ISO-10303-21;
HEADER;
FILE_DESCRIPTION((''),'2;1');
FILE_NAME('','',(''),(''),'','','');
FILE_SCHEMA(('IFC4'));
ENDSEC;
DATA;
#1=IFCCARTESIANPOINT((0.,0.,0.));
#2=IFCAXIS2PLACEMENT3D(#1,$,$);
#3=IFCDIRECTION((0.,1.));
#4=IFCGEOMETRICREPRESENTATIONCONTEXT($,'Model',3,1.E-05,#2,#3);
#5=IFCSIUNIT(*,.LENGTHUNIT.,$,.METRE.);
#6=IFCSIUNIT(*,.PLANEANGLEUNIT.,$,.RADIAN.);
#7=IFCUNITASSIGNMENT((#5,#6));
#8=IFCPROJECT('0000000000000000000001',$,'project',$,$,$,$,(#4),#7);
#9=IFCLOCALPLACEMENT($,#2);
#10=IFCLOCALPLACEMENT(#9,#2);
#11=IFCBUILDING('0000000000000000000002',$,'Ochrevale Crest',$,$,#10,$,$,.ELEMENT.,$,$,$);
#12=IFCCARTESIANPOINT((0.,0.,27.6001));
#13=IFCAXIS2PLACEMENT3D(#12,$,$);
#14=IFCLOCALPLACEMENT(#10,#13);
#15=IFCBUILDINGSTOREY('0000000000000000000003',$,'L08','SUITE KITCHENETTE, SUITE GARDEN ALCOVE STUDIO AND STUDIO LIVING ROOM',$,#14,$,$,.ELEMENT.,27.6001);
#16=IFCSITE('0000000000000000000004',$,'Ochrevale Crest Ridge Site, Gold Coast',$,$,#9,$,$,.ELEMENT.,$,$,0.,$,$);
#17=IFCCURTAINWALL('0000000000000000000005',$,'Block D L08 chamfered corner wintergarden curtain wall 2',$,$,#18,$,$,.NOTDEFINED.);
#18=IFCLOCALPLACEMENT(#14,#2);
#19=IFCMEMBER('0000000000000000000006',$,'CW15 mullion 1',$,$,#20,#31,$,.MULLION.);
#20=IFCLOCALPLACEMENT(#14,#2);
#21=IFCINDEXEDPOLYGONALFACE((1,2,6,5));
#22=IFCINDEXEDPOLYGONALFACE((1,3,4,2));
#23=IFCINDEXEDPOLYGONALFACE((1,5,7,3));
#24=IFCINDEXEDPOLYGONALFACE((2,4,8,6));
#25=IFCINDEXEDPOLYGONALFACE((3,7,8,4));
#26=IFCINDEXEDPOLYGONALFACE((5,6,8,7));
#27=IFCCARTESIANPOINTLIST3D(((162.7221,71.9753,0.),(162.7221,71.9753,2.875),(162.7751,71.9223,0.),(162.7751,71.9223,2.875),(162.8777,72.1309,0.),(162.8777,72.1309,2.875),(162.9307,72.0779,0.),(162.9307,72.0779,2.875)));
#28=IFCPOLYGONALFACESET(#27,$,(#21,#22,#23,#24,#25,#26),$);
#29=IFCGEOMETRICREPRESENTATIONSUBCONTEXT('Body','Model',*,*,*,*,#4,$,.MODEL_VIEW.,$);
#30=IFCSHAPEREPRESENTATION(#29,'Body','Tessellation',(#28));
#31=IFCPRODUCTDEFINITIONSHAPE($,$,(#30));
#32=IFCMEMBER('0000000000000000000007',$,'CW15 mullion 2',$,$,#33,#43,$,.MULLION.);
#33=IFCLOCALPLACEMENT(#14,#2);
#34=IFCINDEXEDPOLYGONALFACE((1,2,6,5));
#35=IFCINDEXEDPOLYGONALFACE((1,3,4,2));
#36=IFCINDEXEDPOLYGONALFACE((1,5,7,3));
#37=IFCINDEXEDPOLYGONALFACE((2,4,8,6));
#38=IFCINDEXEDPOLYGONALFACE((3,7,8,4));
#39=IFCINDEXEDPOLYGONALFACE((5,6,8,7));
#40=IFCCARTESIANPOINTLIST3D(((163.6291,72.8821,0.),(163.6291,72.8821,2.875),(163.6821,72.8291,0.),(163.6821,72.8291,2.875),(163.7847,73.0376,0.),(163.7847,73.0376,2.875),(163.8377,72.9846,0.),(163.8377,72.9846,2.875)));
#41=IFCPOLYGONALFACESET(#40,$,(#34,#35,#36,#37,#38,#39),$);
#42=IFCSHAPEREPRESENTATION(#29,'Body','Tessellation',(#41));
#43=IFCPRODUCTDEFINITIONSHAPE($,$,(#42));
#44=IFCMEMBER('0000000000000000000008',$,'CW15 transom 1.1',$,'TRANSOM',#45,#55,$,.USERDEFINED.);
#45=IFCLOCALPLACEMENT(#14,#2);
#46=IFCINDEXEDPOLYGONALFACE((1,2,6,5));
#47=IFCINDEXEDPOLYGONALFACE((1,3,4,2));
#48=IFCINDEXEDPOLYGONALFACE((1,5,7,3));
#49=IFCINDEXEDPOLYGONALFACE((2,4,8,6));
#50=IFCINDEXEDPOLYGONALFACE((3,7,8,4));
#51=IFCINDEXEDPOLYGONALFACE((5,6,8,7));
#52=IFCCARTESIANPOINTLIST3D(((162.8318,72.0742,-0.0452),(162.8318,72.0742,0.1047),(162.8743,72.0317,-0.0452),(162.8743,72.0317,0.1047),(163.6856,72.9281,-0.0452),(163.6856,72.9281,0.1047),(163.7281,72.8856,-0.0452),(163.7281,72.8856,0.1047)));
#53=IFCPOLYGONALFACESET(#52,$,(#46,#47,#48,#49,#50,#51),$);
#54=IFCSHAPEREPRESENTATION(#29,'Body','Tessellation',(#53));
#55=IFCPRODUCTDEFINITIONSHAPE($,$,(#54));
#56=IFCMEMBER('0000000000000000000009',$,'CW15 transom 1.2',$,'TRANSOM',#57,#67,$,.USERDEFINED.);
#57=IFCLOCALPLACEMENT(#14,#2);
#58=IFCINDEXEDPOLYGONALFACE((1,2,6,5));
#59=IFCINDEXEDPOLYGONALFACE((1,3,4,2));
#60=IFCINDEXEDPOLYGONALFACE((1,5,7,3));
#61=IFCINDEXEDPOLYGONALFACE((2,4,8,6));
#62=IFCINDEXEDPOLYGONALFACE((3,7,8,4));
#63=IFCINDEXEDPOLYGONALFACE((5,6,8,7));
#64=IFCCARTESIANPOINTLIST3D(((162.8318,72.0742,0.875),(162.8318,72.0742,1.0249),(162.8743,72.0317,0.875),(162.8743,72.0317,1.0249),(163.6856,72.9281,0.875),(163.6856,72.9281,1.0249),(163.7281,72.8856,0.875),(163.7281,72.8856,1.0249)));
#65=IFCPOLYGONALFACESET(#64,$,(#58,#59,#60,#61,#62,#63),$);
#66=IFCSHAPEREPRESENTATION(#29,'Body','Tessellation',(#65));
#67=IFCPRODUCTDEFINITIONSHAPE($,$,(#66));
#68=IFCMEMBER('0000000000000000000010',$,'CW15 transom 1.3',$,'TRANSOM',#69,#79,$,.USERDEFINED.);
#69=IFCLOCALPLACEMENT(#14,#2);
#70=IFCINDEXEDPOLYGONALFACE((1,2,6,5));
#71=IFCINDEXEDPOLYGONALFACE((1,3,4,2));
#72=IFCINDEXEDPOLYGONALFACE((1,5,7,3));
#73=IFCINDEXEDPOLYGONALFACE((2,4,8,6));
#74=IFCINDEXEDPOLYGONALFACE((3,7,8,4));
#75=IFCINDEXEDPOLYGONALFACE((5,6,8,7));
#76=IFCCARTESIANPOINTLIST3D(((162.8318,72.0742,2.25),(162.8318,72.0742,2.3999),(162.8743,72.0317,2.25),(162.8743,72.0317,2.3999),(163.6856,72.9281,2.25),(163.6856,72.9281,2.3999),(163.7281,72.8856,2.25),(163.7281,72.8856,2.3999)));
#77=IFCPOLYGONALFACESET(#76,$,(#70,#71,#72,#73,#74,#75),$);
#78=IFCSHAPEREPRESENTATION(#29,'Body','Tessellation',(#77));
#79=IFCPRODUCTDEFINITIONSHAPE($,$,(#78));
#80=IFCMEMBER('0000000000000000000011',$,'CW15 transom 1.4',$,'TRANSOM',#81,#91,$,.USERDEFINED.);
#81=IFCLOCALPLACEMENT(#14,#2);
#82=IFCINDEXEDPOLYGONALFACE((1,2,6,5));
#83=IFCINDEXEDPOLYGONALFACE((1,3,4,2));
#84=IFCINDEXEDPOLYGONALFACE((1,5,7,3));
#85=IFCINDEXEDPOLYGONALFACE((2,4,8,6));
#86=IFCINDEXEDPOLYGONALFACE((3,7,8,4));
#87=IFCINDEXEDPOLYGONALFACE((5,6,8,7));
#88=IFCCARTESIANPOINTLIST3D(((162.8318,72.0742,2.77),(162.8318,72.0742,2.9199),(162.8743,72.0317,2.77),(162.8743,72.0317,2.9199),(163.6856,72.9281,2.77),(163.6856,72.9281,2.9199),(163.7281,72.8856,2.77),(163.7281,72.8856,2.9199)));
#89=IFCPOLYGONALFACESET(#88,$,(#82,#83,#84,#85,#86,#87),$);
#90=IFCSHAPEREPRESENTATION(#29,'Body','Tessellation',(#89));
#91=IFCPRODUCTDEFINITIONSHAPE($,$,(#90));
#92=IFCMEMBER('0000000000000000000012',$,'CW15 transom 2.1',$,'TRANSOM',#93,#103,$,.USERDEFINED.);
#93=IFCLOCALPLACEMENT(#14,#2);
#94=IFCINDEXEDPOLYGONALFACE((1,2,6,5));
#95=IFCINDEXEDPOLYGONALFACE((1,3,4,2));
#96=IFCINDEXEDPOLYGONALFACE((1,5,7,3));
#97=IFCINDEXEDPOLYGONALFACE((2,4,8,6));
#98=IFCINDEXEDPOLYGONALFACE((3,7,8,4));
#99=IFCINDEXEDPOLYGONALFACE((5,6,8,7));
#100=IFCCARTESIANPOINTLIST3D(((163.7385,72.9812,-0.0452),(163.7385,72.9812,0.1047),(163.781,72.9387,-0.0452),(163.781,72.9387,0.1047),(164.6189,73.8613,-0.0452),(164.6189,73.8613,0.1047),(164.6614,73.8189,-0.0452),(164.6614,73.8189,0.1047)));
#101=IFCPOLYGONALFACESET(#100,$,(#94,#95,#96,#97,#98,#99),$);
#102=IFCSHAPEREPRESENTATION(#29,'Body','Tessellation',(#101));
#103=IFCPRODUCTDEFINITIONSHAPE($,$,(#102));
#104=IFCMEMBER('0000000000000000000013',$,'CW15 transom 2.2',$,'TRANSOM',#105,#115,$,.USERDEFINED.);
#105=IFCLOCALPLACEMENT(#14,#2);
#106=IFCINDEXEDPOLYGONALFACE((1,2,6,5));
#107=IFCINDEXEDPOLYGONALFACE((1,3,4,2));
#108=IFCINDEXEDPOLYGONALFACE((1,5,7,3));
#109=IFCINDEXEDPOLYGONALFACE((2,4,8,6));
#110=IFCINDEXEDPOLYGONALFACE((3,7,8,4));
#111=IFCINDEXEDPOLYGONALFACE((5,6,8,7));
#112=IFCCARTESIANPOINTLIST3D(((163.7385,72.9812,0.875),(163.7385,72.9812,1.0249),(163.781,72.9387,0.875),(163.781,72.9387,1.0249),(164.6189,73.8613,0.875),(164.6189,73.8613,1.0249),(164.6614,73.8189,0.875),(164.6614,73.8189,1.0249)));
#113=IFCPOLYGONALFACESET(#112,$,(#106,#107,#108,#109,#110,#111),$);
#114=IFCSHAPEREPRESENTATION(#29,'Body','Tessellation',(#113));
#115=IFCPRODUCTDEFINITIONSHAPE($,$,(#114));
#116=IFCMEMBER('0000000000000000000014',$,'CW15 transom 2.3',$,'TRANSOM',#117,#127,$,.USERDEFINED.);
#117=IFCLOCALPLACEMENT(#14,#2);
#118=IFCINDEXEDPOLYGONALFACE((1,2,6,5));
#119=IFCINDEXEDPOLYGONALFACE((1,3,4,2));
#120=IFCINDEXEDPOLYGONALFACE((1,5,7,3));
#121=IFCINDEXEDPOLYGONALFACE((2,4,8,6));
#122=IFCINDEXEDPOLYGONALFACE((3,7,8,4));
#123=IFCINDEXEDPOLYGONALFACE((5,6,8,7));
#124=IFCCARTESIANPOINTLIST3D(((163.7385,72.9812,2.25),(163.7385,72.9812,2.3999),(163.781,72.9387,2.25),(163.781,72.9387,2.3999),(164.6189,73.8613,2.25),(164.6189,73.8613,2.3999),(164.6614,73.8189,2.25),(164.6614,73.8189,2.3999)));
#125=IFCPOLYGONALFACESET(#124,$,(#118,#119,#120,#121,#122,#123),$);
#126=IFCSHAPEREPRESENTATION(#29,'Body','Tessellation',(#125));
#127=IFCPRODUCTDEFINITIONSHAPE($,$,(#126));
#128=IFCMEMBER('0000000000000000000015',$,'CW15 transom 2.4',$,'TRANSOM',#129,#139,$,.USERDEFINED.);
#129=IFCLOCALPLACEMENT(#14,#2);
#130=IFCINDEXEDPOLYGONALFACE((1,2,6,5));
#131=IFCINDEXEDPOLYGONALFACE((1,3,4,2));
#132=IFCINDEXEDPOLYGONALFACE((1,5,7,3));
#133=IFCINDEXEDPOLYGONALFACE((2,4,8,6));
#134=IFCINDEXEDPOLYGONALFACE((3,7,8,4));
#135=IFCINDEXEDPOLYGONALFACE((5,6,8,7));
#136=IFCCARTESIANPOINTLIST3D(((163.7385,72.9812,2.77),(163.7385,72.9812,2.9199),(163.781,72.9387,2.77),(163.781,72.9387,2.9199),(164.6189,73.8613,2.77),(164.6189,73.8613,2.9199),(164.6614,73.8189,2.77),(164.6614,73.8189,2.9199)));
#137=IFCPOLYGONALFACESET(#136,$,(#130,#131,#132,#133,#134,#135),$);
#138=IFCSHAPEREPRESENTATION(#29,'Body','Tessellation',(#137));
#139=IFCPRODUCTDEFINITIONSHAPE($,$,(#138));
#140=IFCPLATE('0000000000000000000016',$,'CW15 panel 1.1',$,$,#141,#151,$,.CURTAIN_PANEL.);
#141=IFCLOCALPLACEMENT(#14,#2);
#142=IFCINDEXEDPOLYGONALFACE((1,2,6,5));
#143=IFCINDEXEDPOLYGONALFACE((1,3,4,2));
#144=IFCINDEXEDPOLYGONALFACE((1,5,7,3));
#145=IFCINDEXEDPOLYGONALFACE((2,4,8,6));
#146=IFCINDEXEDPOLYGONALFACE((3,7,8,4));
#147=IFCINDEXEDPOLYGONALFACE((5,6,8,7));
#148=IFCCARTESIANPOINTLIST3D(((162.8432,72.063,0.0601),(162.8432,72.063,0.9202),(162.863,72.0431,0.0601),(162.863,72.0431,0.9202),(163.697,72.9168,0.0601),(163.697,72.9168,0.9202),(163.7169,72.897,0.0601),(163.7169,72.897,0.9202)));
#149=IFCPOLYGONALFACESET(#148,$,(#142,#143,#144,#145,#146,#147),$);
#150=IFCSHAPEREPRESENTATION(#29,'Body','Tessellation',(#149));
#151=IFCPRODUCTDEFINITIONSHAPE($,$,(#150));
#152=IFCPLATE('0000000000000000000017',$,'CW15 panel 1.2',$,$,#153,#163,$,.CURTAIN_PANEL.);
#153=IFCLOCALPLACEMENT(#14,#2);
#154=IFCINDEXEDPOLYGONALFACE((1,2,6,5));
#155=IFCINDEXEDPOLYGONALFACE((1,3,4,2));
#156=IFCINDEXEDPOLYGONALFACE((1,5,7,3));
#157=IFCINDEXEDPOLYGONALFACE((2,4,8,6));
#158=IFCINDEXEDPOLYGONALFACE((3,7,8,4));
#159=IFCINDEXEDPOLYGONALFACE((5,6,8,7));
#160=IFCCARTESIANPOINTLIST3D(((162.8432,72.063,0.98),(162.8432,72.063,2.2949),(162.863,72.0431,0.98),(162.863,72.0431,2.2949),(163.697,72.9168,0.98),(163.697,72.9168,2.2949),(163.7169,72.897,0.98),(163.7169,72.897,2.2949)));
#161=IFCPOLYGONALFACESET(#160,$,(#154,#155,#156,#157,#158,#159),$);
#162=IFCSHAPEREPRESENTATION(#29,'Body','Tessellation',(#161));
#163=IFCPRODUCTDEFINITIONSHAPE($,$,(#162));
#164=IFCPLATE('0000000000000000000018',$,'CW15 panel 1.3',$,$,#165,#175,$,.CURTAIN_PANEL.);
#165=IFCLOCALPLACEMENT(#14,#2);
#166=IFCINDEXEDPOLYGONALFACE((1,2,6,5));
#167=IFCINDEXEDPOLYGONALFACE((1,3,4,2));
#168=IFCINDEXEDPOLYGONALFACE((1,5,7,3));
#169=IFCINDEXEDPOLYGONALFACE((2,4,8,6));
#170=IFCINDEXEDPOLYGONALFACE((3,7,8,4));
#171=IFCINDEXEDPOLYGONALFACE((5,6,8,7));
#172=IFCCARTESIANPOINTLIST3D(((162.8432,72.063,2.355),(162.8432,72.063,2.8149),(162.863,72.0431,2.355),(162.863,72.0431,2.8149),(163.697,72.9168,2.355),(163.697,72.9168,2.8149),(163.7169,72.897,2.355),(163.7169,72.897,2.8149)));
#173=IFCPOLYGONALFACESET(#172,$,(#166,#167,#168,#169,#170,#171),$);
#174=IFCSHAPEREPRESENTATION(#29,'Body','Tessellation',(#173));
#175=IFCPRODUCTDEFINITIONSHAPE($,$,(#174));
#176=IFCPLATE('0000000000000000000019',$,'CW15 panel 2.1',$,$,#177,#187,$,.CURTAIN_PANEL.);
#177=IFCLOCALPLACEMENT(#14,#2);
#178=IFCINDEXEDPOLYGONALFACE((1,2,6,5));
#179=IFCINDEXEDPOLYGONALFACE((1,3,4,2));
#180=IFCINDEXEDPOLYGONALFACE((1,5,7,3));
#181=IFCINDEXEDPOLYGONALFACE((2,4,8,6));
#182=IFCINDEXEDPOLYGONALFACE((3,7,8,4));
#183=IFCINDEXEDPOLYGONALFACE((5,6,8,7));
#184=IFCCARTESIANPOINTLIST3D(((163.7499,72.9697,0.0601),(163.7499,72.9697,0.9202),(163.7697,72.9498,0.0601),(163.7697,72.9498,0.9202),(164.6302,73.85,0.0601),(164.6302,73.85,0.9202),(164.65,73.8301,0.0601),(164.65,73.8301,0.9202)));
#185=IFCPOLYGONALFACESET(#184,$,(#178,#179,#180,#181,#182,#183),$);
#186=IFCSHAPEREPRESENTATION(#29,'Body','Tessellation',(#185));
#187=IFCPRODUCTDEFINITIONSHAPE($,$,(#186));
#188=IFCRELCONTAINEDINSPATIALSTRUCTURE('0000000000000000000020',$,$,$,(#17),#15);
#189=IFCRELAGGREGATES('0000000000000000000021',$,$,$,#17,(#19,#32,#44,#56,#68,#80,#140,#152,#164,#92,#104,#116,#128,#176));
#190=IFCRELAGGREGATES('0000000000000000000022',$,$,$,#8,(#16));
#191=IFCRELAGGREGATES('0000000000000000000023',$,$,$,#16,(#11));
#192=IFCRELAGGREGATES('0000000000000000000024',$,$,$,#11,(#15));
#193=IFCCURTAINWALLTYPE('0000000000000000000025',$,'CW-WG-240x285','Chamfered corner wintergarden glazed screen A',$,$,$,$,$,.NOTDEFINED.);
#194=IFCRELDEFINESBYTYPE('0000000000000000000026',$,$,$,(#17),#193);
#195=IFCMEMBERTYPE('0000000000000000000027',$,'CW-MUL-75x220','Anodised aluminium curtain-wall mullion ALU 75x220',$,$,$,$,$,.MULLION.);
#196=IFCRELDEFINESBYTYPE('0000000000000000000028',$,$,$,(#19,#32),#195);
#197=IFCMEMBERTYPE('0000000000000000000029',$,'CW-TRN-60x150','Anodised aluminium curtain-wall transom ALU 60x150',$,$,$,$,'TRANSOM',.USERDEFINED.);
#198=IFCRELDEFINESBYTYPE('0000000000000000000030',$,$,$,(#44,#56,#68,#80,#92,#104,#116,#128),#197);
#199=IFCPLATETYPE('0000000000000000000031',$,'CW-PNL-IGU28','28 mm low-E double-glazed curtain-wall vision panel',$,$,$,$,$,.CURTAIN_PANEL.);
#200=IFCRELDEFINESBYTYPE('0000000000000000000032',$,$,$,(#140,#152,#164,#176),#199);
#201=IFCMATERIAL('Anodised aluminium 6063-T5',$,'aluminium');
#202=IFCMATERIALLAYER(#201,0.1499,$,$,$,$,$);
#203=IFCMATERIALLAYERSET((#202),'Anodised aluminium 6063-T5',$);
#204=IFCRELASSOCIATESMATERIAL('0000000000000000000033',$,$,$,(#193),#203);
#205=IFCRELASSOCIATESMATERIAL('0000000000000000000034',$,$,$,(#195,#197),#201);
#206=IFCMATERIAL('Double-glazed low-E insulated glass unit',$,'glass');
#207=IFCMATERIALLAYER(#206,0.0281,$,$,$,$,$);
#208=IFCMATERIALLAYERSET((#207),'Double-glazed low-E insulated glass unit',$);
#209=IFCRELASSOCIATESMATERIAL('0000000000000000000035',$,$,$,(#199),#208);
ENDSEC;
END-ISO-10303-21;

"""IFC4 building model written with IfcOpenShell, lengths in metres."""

from ifc_helpers import new_model, si_unit, direction, frame, origin, origin_2d, place, context, subcontext, project, spatial, rectangle, extrude, material, layer, layer_set, material_profile, profile_set, type_object, element, aggregate, save


model = new_model("IFC4")

# Units and contexts
model_context = context("Model", 3, precision=1e-05, world=origin(), true_north=direction((0.0, 1.0)))
body_context = subcontext(model_context, "Body", "Model", "MODEL_VIEW")
ifc_project = project(units=[si_unit("LENGTHUNIT", "METRE"), si_unit("PLANEANGLEUNIT", "RADIAN")], contexts=[model_context])

# Site, building, storey
site_placement = place(None, origin())
site = spatial("IfcSite", under=ifc_project, at=site_placement, Name="Ochrevale Crest Ridge Site, Gold Coast", CompositionType="ELEMENT", RefElevation=0.0)
building_placement = place(site_placement, origin())
building = spatial("IfcBuilding", under=site, at=building_placement, Name="Ochrevale Crest", CompositionType="ELEMENT")
storey_placement = place(building_placement, frame((0.0, 0.0, 27.6001)))
storey = spatial("IfcBuildingStorey", under=building, at=storey_placement, Name="L08", Description="SUITE KITCHENETTE, SUITE GARDEN ALCOVE STUDIO AND STUDIO LIVING ROOM", CompositionType="ELEMENT", Elevation=27.6001)

# Curtain wall, members, plates
ifc_material_1 = material(Name="Anodised aluminium 6063-T5", Category="aluminium")
ifc_layer_1 = layer(ifc_material_1, 0.1499)
ifc_layer_set_1 = layer_set([ifc_layer_1], Name="Anodised aluminium 6063-T5")
curtain_wall_type = type_object("IfcCurtainWallType", Name="CW-WG-240x285", Description="Chamfered corner wintergarden glazed screen A", PredefinedType="NOTDEFINED", material=ifc_layer_set_1)
curtain_wall_placement = place(storey_placement, origin())
curtain_wall = element("IfcCurtainWall", 1, at=curtain_wall_placement, inside=storey, type_object=curtain_wall_type, Name="Block D L08 chamfered corner wintergarden curtain wall 2", PredefinedType="NOTDEFINED")
ifc_material_profile_1 = material_profile(ifc_material_1, rectangle(XDim=0.075, YDim=0.22, at=origin_2d()), Name="ALU 75x220")
ifc_profile_set_1 = profile_set([ifc_material_profile_1], Name="Anodised aluminium 6063-T5")
member_type_1 = type_object("IfcMemberType", Name="CW-MUL-75x220", Description="Anodised aluminium curtain-wall mullion ALU 75x220", PredefinedType="MULLION", material=ifc_profile_set_1)
member_1_placement = place(storey_placement, frame((162.8264, 72.0266, 0.0), z_axis=(0.0, 0.0, 1.0), x_axis=(-0.707107, 0.707107, 0.0)))
member_1 = element("IfcMember", 2, at=member_1_placement, type_object=member_type_1, Name="CW15 mullion 1", PredefinedType="MULLION", context=body_context, shape_type="SweptSolid", body=[
    extrude(rectangle(XDim=0.075, YDim=0.22, at=origin_2d()), origin(), (0.0, 0.0, 1.0), 2.875),
])
member_2_placement = place(storey_placement, frame((163.7334, 72.9333, 0.0), z_axis=(0.0, 0.0, 1.0), x_axis=(-0.707107, 0.707107, 0.0)))
member_2 = element("IfcMember", 3, at=member_2_placement, type_object=member_type_1, Name="CW15 mullion 2", PredefinedType="MULLION", context=body_context, shape_type="SweptSolid", body=[
    extrude(rectangle(XDim=0.075, YDim=0.22, at=origin_2d()), origin(), (0.0, 0.0, 1.0), 2.875),
])
ifc_material_profile_2 = material_profile(ifc_material_1, rectangle(XDim=0.0601, YDim=0.1499, at=origin_2d()), Name="ALU 60x150")
ifc_profile_set_2 = profile_set([ifc_material_profile_2], Name="Anodised aluminium 6063-T5")
member_type_2 = type_object("IfcMemberType", Name="CW-TRN-60x150", Description="Anodised aluminium curtain-wall transom ALU 60x150", ElementType="TRANSOM", PredefinedType="USERDEFINED", material=ifc_profile_set_2)
member_3_placement = place(storey_placement, frame((162.853, 72.053, 0.0298), z_axis=(0.707107, 0.707107, 0.0), x_axis=(-0.707107, 0.707107, 0.0)))
member_3 = element("IfcMember", 4, at=member_3_placement, type_object=member_type_2, Name="CW15 transom 1.1", ObjectType="TRANSOM", PredefinedType="USERDEFINED", context=body_context, shape_type="SweptSolid", body=[
    extrude(rectangle(XDim=0.0601, YDim=0.1499, at=origin_2d()), origin(), (0.0, 0.0, 1.0), 1.2075),
])
member_4_placement = place(storey_placement, frame((162.853, 72.053, 0.95), z_axis=(0.707107, 0.707107, 0.0), x_axis=(-0.707107, 0.707107, 0.0)))
member_4 = element("IfcMember", 5, at=member_4_placement, type_object=member_type_2, Name="CW15 transom 1.2", ObjectType="TRANSOM", PredefinedType="USERDEFINED", context=body_context, shape_type="SweptSolid", body=[
    extrude(rectangle(XDim=0.0601, YDim=0.1499, at=origin_2d()), origin(), (0.0, 0.0, 1.0), 1.2075),
])
member_5_placement = place(storey_placement, frame((162.853, 72.053, 2.325), z_axis=(0.707107, 0.707107, 0.0), x_axis=(-0.707107, 0.707107, 0.0)))
member_5 = element("IfcMember", 6, at=member_5_placement, type_object=member_type_2, Name="CW15 transom 1.3", ObjectType="TRANSOM", PredefinedType="USERDEFINED", context=body_context, shape_type="SweptSolid", body=[
    extrude(rectangle(XDim=0.0601, YDim=0.1499, at=origin_2d()), origin(), (0.0, 0.0, 1.0), 1.2075),
])
member_6_placement = place(storey_placement, frame((162.853, 72.053, 2.845), z_axis=(0.707107, 0.707107, 0.0), x_axis=(-0.707107, 0.707107, 0.0)))
member_6 = element("IfcMember", 7, at=member_6_placement, type_object=member_type_2, Name="CW15 transom 1.4", ObjectType="TRANSOM", PredefinedType="USERDEFINED", context=body_context, shape_type="SweptSolid", body=[
    extrude(rectangle(XDim=0.0601, YDim=0.1499, at=origin_2d()), origin(), (0.0, 0.0, 1.0), 1.2075),
])
member_7_placement = place(storey_placement, frame((163.7598, 72.96, 0.0298), z_axis=(0.707205, 0.707009, 0.0), x_axis=(-0.707009, 0.707205, 0.0)))
member_7 = element("IfcMember", 8, at=member_7_placement, type_object=member_type_2, Name="CW15 transom 2.1", ObjectType="TRANSOM", PredefinedType="USERDEFINED", context=body_context, shape_type="SweptSolid", body=[
    extrude(rectangle(XDim=0.0601, YDim=0.1499, at=origin_2d()), origin(), (0.0, 0.0, 1.0), 1.2449),
])
member_8_placement = place(storey_placement, frame((163.7598, 72.96, 0.95), z_axis=(0.707205, 0.707009, 0.0), x_axis=(-0.707009, 0.707205, 0.0)))
member_8 = element("IfcMember", 9, at=member_8_placement, type_object=member_type_2, Name="CW15 transom 2.2", ObjectType="TRANSOM", PredefinedType="USERDEFINED", context=body_context, shape_type="SweptSolid", body=[
    extrude(rectangle(XDim=0.0601, YDim=0.1499, at=origin_2d()), origin(), (0.0, 0.0, 1.0), 1.2449),
])
member_9_placement = place(storey_placement, frame((163.7598, 72.96, 2.325), z_axis=(0.707205, 0.707009, 0.0), x_axis=(-0.707009, 0.707205, 0.0)))
member_9 = element("IfcMember", 10, at=member_9_placement, type_object=member_type_2, Name="CW15 transom 2.3", ObjectType="TRANSOM", PredefinedType="USERDEFINED", context=body_context, shape_type="SweptSolid", body=[
    extrude(rectangle(XDim=0.0601, YDim=0.1499, at=origin_2d()), origin(), (0.0, 0.0, 1.0), 1.2449),
])
member_10_placement = place(storey_placement, frame((163.7598, 72.96, 2.845), z_axis=(0.707205, 0.707009, 0.0), x_axis=(-0.707009, 0.707205, 0.0)))
member_10 = element("IfcMember", 11, at=member_10_placement, type_object=member_type_2, Name="CW15 transom 2.4", ObjectType="TRANSOM", PredefinedType="USERDEFINED", context=body_context, shape_type="SweptSolid", body=[
    extrude(rectangle(XDim=0.0601, YDim=0.1499, at=origin_2d()), origin(), (0.0, 0.0, 1.0), 1.2449),
])
ifc_material_2 = material(Name="Double-glazed low-E insulated glass unit", Category="glass")
ifc_layer_2 = layer(ifc_material_2, 0.0281)
ifc_layer_set_2 = layer_set([ifc_layer_2], Name="Double-glazed low-E insulated glass unit")
plate_type_1 = type_object("IfcPlateType", Name="CW-PNL-IGU28", Description="28 mm low-E double-glazed curtain-wall vision panel", PredefinedType="CURTAIN_PANEL", material=ifc_layer_set_2)
plate_1_placement = place(storey_placement, frame((163.28, 72.48, 0.0601), z_axis=(0.0, 0.0, 1.0), x_axis=(0.707107, 0.707107, 0.0)))
plate_1 = element("IfcPlate", 12, at=plate_1_placement, type_object=plate_type_1, Name="CW15 panel 1.1", PredefinedType="CURTAIN_PANEL", context=body_context, shape_type="SweptSolid", body=[
    extrude(rectangle(XDim=1.2075, YDim=0.0281, at=origin_2d()), origin(), (0.0, 0.0, 1.0), 0.8601),
])
plate_2_placement = place(storey_placement, frame((163.28, 72.48, 0.98), z_axis=(0.0, 0.0, 1.0), x_axis=(0.707107, 0.707107, 0.0)))
plate_2 = element("IfcPlate", 13, at=plate_2_placement, type_object=plate_type_1, Name="CW15 panel 1.2", PredefinedType="CURTAIN_PANEL", context=body_context, shape_type="SweptSolid", body=[
    extrude(rectangle(XDim=1.2075, YDim=0.0281, at=origin_2d()), origin(), (0.0, 0.0, 1.0), 1.3149),
])
plate_3_placement = place(storey_placement, frame((163.28, 72.48, 2.355), z_axis=(0.0, 0.0, 1.0), x_axis=(0.707107, 0.707107, 0.0)))
plate_3 = element("IfcPlate", 14, at=plate_3_placement, type_object=plate_type_1, Name="CW15 panel 1.3", PredefinedType="CURTAIN_PANEL", context=body_context, shape_type="SweptSolid", body=[
    extrude(rectangle(XDim=1.2075, YDim=0.0281, at=origin_2d()), origin(), (0.0, 0.0, 1.0), 0.46),
])
plate_4_placement = place(storey_placement, frame((164.2, 73.3999, 0.0601), z_axis=(0.0, 0.0, 1.0), x_axis=(0.707107, 0.707107, 0.0)))
plate_4 = element("IfcPlate", 15, at=plate_4_placement, type_object=plate_type_1, Name="CW15 panel 2.1", PredefinedType="CURTAIN_PANEL", context=body_context, shape_type="SweptSolid", body=[
    extrude(rectangle(XDim=1.2449, YDim=0.0281, at=origin_2d()), origin(), (0.0, 0.0, 1.0), 0.8601),
])
aggregate(curtain_wall, [member_1, member_2, member_3, member_4, member_5, member_6, plate_1, plate_2, plate_3, member_7, member_8, member_9, member_10, plate_4])

save(model, "model.ifc")
